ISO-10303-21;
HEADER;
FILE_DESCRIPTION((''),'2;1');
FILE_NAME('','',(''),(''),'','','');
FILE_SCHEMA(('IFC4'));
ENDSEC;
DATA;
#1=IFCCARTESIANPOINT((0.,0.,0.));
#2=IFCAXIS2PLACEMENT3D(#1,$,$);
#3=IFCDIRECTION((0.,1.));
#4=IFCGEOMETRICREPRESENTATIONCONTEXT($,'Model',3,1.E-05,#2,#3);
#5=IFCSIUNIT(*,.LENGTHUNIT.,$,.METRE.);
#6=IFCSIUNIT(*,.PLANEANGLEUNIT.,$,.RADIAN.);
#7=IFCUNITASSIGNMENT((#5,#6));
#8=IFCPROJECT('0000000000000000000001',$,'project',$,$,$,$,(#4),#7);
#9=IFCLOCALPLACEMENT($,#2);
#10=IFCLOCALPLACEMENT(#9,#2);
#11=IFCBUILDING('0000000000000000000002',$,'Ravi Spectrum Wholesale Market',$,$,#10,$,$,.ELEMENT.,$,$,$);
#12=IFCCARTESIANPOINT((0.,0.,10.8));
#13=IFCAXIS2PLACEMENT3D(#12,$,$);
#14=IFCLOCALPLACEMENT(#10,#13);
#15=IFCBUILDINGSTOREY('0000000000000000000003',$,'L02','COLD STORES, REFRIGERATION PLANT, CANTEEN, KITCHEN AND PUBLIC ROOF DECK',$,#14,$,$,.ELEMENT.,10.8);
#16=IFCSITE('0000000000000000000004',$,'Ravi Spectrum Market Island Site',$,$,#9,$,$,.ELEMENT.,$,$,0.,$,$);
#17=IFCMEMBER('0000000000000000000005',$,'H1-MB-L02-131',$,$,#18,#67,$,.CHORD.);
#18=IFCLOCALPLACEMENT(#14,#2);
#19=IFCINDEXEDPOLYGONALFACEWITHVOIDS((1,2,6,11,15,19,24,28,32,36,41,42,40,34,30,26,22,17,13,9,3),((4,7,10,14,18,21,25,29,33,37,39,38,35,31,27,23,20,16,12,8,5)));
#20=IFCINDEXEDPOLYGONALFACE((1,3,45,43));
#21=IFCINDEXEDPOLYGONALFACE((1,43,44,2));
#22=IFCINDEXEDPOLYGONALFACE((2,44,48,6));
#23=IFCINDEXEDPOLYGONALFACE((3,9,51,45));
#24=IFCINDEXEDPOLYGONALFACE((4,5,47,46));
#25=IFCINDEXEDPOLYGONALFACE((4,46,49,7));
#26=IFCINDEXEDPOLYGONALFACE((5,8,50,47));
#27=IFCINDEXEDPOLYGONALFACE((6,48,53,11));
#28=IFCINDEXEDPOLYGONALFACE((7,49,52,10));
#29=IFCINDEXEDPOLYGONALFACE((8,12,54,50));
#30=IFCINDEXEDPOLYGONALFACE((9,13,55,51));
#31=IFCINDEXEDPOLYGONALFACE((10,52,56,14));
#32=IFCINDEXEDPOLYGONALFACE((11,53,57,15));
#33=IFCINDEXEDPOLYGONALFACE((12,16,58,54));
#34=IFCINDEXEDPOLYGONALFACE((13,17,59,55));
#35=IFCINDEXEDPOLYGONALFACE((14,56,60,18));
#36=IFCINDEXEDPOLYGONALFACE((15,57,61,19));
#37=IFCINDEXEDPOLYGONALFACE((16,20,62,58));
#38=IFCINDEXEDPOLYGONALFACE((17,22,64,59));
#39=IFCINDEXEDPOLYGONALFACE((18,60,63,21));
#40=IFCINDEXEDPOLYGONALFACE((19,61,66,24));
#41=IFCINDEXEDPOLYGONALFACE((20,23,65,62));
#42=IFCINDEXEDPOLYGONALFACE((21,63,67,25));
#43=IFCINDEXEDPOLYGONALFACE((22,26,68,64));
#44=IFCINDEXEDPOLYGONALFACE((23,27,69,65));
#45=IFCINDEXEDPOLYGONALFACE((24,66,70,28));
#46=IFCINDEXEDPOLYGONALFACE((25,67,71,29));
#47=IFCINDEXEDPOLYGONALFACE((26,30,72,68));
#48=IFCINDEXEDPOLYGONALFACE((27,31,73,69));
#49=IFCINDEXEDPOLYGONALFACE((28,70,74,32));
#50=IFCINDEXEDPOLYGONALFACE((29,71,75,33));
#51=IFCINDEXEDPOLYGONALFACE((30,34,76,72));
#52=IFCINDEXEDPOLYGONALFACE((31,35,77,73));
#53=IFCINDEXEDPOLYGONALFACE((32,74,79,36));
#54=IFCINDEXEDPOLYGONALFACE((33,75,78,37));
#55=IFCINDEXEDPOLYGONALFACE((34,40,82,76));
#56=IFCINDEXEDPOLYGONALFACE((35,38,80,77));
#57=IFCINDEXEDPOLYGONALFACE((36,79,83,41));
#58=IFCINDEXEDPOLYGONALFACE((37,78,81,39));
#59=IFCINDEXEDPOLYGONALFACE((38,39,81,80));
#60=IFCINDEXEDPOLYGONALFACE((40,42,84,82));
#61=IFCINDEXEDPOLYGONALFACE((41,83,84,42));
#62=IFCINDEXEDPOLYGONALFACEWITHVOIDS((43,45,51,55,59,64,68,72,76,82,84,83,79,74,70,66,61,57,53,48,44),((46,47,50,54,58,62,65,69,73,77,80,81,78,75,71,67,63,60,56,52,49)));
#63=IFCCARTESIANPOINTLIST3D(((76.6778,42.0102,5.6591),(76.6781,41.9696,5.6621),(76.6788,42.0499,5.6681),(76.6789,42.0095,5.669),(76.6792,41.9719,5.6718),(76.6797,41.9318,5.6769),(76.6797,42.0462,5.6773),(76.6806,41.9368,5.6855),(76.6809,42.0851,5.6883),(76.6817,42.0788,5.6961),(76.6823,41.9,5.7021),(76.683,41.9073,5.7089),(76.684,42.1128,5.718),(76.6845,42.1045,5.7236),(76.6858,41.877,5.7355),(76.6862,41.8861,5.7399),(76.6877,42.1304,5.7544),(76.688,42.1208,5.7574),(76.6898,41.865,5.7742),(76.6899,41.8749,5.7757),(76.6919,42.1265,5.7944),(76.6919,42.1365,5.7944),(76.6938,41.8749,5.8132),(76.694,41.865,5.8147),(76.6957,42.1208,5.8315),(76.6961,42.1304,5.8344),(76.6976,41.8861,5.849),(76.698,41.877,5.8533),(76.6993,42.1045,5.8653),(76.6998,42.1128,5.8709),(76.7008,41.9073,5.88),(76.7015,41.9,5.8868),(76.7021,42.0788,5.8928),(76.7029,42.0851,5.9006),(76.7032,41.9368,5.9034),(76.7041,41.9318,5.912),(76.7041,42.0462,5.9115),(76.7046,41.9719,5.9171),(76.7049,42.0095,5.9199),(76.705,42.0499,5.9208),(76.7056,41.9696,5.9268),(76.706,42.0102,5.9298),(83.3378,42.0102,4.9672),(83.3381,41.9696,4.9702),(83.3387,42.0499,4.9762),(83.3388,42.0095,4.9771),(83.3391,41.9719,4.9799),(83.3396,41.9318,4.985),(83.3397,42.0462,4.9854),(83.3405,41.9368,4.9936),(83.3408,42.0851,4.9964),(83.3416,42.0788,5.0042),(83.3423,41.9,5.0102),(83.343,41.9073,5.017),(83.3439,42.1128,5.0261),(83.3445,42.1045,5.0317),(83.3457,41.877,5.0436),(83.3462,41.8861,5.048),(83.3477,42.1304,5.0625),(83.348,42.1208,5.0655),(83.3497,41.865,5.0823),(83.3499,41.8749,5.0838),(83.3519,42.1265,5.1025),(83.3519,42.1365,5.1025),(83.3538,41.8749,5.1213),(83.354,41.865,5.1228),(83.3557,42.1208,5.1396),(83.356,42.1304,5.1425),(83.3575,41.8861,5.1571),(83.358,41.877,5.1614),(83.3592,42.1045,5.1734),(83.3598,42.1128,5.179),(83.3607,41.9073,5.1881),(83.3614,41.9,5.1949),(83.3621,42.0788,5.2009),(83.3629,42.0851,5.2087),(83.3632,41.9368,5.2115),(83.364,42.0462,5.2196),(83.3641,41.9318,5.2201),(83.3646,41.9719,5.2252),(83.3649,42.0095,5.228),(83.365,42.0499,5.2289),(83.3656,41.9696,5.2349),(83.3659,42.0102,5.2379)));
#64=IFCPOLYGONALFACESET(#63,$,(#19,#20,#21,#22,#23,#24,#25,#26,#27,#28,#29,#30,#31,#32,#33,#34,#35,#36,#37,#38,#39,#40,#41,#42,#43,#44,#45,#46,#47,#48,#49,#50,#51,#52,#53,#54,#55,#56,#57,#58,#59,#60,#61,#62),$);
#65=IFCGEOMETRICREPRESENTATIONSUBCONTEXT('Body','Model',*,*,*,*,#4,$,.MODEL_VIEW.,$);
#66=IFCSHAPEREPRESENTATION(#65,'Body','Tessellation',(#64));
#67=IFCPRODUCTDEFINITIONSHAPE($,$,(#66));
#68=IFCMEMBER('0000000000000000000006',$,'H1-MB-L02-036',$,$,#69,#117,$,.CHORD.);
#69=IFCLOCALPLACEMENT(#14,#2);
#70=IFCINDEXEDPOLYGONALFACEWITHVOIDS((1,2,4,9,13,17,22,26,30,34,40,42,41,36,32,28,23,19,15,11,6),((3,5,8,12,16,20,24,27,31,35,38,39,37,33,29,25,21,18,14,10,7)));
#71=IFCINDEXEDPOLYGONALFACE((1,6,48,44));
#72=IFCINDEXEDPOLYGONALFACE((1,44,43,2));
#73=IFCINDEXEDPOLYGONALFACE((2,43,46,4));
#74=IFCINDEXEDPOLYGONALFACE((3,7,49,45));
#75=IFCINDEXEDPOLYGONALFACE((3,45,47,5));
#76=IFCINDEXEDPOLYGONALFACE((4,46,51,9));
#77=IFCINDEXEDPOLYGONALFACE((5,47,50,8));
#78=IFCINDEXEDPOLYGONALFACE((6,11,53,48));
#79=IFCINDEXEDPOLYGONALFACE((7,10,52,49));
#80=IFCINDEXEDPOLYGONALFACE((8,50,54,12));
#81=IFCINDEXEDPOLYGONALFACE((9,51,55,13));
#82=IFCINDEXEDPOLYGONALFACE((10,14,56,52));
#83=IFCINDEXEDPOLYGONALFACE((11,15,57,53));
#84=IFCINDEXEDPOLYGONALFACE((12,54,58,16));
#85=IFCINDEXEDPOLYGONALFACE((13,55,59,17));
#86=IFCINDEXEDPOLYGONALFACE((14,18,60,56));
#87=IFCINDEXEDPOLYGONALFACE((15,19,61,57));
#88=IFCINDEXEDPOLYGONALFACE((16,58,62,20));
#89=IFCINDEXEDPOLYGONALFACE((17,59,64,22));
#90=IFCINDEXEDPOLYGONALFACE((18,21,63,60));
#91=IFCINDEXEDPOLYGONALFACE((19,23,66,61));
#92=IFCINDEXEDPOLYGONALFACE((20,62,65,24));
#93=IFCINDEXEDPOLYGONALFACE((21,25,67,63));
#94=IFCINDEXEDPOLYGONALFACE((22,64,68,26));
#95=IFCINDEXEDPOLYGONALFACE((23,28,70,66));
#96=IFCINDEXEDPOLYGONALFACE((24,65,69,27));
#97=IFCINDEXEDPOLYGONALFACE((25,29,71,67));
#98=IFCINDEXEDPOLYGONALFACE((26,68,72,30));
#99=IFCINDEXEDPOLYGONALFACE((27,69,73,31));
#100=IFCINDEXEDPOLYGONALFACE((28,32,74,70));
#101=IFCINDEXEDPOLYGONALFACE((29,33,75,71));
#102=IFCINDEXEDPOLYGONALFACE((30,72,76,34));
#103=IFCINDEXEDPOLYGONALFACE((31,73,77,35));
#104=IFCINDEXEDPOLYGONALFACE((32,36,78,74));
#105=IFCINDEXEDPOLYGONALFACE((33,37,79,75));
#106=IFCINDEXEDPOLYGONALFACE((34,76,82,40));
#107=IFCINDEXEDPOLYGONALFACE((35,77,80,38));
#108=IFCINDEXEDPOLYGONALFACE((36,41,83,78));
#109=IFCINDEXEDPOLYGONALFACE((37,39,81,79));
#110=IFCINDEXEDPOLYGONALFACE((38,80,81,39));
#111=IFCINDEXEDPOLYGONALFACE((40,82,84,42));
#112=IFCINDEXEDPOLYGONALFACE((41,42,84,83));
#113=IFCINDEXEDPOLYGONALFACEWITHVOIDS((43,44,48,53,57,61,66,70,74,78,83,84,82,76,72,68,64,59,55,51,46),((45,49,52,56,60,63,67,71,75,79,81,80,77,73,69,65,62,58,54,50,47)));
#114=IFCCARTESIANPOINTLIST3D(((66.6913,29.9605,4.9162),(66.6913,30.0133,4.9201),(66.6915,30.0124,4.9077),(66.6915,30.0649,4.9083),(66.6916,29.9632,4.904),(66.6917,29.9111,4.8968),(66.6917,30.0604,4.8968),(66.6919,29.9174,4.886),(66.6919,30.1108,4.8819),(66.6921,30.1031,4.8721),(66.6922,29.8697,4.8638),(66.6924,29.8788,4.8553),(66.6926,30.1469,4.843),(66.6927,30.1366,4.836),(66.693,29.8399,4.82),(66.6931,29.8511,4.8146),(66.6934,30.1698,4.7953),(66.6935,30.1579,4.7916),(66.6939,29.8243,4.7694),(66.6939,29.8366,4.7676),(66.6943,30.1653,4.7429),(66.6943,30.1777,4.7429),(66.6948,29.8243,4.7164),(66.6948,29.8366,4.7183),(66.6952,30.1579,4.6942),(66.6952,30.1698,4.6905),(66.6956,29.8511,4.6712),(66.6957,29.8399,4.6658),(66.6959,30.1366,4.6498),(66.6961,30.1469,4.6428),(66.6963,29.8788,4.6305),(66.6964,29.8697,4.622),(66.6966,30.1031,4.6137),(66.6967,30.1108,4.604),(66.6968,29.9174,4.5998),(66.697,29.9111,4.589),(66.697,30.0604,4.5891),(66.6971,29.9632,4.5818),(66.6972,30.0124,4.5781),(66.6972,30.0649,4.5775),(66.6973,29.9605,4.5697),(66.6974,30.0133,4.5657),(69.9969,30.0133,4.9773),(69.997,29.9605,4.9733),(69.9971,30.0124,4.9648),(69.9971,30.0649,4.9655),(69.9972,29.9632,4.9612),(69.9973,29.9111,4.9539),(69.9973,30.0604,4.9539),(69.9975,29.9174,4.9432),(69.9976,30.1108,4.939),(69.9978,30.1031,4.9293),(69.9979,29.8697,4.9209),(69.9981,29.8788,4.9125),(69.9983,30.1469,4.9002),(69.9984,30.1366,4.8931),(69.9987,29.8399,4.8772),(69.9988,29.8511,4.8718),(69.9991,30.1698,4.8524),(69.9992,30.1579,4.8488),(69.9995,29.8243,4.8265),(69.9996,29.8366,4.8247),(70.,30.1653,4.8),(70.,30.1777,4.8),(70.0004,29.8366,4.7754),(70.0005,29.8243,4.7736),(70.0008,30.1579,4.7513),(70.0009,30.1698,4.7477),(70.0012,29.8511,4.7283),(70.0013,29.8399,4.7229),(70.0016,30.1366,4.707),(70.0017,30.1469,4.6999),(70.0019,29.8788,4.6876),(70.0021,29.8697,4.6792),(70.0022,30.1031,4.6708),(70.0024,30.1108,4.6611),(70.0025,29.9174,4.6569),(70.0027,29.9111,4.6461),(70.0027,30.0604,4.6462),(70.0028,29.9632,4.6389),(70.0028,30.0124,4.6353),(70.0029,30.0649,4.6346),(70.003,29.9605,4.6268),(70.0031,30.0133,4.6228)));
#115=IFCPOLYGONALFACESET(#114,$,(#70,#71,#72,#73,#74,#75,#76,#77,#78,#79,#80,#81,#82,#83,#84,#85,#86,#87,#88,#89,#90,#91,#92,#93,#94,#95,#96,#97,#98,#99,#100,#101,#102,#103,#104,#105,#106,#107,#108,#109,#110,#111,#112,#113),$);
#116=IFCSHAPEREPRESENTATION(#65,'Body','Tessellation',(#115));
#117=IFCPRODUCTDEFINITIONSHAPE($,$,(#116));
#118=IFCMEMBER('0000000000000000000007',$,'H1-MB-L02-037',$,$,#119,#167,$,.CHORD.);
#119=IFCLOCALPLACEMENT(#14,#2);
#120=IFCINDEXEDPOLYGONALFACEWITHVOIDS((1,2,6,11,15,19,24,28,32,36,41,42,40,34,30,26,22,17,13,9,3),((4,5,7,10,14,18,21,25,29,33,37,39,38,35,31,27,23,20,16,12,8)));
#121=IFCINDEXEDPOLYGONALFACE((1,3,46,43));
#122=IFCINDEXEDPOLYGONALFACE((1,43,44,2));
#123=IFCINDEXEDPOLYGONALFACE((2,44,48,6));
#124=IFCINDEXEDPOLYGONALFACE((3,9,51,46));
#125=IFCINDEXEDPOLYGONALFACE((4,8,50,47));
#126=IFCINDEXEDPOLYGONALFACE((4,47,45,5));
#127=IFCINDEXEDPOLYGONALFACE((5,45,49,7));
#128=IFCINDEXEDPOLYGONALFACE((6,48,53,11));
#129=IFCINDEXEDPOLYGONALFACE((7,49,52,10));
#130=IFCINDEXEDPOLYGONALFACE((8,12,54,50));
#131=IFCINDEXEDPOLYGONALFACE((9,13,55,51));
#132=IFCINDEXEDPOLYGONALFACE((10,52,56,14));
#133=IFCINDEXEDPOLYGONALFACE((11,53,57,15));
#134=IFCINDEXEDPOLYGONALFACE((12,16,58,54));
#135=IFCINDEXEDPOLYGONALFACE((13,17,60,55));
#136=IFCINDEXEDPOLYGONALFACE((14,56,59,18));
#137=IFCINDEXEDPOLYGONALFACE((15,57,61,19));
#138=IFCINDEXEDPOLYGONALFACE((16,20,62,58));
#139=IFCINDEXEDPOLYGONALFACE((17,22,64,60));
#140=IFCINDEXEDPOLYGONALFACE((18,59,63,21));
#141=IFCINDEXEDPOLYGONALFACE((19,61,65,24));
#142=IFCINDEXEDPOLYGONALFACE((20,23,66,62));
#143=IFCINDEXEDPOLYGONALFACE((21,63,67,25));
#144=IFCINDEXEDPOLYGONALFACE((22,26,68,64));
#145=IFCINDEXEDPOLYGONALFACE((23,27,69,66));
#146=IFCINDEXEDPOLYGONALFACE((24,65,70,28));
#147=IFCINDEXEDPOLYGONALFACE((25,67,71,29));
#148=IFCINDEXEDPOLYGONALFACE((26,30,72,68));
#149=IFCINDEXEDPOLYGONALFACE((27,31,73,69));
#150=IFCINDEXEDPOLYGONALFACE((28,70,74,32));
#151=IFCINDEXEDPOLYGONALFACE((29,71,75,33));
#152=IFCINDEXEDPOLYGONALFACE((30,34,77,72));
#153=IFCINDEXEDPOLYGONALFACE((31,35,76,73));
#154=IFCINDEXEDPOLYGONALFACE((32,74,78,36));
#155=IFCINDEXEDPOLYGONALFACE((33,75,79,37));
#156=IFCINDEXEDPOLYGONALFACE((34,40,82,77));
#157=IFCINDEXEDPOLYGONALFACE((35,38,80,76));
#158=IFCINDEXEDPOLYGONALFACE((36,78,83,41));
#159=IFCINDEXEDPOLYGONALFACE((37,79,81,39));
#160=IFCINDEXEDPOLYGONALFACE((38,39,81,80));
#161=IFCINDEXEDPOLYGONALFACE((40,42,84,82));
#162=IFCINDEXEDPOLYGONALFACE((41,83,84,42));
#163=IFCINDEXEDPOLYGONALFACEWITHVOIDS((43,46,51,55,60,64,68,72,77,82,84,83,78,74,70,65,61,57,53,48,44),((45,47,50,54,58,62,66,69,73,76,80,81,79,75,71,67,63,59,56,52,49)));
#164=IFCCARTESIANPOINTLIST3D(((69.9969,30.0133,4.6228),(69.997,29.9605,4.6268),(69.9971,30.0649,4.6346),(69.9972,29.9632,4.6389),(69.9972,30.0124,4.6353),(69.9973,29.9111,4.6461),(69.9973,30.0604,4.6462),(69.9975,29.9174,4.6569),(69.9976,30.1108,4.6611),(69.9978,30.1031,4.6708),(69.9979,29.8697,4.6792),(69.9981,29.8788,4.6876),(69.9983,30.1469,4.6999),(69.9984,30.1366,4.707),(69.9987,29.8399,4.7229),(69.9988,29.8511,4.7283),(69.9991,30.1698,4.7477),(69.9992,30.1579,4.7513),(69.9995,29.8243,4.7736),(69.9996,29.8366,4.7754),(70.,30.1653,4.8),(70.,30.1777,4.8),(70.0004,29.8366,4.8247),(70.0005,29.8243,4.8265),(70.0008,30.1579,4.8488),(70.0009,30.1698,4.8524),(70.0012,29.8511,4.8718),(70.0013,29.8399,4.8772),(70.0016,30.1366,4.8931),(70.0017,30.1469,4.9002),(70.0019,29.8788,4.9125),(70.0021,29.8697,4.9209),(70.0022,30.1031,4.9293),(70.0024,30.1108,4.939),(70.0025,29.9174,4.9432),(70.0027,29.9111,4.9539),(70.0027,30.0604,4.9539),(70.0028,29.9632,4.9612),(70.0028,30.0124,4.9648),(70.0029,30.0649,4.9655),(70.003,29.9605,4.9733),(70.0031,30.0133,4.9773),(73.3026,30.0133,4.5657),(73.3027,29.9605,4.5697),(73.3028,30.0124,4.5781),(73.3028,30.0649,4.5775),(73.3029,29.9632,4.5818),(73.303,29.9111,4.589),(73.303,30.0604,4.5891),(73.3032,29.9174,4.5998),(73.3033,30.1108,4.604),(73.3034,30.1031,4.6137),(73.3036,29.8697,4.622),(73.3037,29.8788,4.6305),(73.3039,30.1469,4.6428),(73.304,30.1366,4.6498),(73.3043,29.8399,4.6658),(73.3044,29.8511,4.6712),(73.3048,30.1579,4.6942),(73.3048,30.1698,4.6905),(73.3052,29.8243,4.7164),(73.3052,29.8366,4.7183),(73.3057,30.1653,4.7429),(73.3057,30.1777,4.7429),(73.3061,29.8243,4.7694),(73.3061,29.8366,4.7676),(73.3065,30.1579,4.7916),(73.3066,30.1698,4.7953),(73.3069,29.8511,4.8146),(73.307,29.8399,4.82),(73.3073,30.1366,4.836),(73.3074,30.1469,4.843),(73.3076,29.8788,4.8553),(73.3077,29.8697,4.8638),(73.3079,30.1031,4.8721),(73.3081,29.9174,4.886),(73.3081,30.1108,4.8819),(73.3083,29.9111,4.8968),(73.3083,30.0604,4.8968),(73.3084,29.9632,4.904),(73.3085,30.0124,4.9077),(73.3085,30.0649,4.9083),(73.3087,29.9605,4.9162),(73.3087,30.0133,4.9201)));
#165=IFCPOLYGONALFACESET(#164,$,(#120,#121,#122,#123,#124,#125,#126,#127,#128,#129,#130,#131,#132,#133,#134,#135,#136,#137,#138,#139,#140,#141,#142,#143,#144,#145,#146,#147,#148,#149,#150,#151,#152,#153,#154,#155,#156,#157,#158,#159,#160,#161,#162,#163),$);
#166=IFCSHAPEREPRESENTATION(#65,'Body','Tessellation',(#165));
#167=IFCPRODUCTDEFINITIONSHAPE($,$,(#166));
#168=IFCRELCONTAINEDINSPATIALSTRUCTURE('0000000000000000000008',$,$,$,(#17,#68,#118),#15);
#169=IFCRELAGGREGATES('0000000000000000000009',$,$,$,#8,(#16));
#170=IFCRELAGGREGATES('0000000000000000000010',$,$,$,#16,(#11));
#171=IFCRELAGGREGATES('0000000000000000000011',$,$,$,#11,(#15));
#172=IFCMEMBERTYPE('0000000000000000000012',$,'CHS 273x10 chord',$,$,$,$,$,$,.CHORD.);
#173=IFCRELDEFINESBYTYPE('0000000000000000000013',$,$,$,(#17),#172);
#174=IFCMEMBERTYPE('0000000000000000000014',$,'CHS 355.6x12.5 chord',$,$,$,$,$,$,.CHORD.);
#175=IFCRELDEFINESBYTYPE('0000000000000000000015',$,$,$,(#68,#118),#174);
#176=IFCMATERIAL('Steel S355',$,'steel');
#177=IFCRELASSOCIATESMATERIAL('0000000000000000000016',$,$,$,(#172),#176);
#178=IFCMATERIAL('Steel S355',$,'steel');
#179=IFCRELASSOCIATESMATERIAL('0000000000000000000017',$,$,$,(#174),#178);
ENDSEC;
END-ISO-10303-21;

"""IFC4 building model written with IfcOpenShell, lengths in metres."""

from ifc_helpers import new_model, si_unit, direction, frame, origin, origin_2d, place, context, subcontext, project, spatial, hollow_circle, extrude, material, material_profile, profile_set, type_object, element, save


model = new_model("IFC4")

# Units and contexts
model_context = context("Model", 3, precision=1e-05, world=origin(), true_north=direction((0.0, 1.0)))
body_context = subcontext(model_context, "Body", "Model", "MODEL_VIEW")
ifc_project = project(units=[si_unit("LENGTHUNIT", "METRE"), si_unit("PLANEANGLEUNIT", "RADIAN")], contexts=[model_context])

# Site, building, storey
site_placement = place(None, origin())
site = spatial("IfcSite", under=ifc_project, at=site_placement, Name="Ravi Spectrum Market Island Site", CompositionType="ELEMENT", RefElevation=0.0)
building_placement = place(site_placement, origin())
building = spatial("IfcBuilding", under=site, at=building_placement, Name="Ravi Spectrum Wholesale Market", CompositionType="ELEMENT")
storey_placement = place(building_placement, frame((0.0, 0.0, 10.8)))
storey = spatial("IfcBuildingStorey", under=building, at=storey_placement, Name="L02", Description="COLD STORES, REFRIGERATION PLANT, CANTEEN, KITCHEN AND PUBLIC ROOF DECK", CompositionType="ELEMENT", Elevation=10.8)

# Members
ifc_material_1 = material(Name="Steel S355", Category="steel")
ifc_material_profile_1 = material_profile(ifc_material_1, hollow_circle(Radius=0.1365, WallThickness=0.01, at=origin_2d()))
ifc_profile_set_1 = profile_set([ifc_material_profile_1], Name="Steel S355")
member_type_1 = type_object("IfcMemberType", Name="CHS 273x10 chord", PredefinedType="CHORD", material=ifc_profile_set_1)
for number, where, z_axis, x_axis, name in (
    (1, (76.6919, 42.0, 5.7944), (0.994647, 0.0, -0.103333), (0.0, 1.0, 0.0), "H1-MB-L02-131"),
):
    element("IfcMember", number, at=place(storey_placement, frame(where, z_axis=z_axis, x_axis=x_axis)), inside=storey, type_object=member_type_1, Name=name, PredefinedType="CHORD", context=body_context, shape_type="SweptSolid", body=[
        extrude(hollow_circle(Radius=0.1365, WallThickness=0.01, at=origin_2d()), origin(), (0.0, 0.0, 1.0), 6.6958),
    ])
ifc_material_2 = material(Name="Steel S355", Category="steel")
ifc_material_profile_2 = material_profile(ifc_material_2, hollow_circle(Radius=0.1777, WallThickness=0.0125, at=origin_2d()))
ifc_profile_set_2 = profile_set([ifc_material_profile_2], Name="Steel S355")
member_type_2 = type_object("IfcMemberType", Name="CHS 355.6x12.5 chord", PredefinedType="CHORD", material=ifc_profile_set_2)
for number, where, z_axis, x_axis, name in (
    (2, (66.6943, 30.0, 4.7429), (0.999851, 0.0, 0.01728), (0.0, 1.0, 0.0), "H1-MB-L02-036"),
    (3, (70.0, 30.0, 4.8), (0.999851, 0.0, -0.01728), (0.0, 1.0, 0.0), "H1-MB-L02-037"),
):
    element("IfcMember", number, at=place(storey_placement, frame(where, z_axis=z_axis, x_axis=x_axis)), inside=storey, type_object=member_type_2, Name=name, PredefinedType="CHORD", context=body_context, shape_type="SweptSolid", body=[
        extrude(hollow_circle(Radius=0.1777, WallThickness=0.0125, at=origin_2d()), origin(), (0.0, 0.0, 1.0), 3.3062),
    ])

save(model, "model.ifc")
